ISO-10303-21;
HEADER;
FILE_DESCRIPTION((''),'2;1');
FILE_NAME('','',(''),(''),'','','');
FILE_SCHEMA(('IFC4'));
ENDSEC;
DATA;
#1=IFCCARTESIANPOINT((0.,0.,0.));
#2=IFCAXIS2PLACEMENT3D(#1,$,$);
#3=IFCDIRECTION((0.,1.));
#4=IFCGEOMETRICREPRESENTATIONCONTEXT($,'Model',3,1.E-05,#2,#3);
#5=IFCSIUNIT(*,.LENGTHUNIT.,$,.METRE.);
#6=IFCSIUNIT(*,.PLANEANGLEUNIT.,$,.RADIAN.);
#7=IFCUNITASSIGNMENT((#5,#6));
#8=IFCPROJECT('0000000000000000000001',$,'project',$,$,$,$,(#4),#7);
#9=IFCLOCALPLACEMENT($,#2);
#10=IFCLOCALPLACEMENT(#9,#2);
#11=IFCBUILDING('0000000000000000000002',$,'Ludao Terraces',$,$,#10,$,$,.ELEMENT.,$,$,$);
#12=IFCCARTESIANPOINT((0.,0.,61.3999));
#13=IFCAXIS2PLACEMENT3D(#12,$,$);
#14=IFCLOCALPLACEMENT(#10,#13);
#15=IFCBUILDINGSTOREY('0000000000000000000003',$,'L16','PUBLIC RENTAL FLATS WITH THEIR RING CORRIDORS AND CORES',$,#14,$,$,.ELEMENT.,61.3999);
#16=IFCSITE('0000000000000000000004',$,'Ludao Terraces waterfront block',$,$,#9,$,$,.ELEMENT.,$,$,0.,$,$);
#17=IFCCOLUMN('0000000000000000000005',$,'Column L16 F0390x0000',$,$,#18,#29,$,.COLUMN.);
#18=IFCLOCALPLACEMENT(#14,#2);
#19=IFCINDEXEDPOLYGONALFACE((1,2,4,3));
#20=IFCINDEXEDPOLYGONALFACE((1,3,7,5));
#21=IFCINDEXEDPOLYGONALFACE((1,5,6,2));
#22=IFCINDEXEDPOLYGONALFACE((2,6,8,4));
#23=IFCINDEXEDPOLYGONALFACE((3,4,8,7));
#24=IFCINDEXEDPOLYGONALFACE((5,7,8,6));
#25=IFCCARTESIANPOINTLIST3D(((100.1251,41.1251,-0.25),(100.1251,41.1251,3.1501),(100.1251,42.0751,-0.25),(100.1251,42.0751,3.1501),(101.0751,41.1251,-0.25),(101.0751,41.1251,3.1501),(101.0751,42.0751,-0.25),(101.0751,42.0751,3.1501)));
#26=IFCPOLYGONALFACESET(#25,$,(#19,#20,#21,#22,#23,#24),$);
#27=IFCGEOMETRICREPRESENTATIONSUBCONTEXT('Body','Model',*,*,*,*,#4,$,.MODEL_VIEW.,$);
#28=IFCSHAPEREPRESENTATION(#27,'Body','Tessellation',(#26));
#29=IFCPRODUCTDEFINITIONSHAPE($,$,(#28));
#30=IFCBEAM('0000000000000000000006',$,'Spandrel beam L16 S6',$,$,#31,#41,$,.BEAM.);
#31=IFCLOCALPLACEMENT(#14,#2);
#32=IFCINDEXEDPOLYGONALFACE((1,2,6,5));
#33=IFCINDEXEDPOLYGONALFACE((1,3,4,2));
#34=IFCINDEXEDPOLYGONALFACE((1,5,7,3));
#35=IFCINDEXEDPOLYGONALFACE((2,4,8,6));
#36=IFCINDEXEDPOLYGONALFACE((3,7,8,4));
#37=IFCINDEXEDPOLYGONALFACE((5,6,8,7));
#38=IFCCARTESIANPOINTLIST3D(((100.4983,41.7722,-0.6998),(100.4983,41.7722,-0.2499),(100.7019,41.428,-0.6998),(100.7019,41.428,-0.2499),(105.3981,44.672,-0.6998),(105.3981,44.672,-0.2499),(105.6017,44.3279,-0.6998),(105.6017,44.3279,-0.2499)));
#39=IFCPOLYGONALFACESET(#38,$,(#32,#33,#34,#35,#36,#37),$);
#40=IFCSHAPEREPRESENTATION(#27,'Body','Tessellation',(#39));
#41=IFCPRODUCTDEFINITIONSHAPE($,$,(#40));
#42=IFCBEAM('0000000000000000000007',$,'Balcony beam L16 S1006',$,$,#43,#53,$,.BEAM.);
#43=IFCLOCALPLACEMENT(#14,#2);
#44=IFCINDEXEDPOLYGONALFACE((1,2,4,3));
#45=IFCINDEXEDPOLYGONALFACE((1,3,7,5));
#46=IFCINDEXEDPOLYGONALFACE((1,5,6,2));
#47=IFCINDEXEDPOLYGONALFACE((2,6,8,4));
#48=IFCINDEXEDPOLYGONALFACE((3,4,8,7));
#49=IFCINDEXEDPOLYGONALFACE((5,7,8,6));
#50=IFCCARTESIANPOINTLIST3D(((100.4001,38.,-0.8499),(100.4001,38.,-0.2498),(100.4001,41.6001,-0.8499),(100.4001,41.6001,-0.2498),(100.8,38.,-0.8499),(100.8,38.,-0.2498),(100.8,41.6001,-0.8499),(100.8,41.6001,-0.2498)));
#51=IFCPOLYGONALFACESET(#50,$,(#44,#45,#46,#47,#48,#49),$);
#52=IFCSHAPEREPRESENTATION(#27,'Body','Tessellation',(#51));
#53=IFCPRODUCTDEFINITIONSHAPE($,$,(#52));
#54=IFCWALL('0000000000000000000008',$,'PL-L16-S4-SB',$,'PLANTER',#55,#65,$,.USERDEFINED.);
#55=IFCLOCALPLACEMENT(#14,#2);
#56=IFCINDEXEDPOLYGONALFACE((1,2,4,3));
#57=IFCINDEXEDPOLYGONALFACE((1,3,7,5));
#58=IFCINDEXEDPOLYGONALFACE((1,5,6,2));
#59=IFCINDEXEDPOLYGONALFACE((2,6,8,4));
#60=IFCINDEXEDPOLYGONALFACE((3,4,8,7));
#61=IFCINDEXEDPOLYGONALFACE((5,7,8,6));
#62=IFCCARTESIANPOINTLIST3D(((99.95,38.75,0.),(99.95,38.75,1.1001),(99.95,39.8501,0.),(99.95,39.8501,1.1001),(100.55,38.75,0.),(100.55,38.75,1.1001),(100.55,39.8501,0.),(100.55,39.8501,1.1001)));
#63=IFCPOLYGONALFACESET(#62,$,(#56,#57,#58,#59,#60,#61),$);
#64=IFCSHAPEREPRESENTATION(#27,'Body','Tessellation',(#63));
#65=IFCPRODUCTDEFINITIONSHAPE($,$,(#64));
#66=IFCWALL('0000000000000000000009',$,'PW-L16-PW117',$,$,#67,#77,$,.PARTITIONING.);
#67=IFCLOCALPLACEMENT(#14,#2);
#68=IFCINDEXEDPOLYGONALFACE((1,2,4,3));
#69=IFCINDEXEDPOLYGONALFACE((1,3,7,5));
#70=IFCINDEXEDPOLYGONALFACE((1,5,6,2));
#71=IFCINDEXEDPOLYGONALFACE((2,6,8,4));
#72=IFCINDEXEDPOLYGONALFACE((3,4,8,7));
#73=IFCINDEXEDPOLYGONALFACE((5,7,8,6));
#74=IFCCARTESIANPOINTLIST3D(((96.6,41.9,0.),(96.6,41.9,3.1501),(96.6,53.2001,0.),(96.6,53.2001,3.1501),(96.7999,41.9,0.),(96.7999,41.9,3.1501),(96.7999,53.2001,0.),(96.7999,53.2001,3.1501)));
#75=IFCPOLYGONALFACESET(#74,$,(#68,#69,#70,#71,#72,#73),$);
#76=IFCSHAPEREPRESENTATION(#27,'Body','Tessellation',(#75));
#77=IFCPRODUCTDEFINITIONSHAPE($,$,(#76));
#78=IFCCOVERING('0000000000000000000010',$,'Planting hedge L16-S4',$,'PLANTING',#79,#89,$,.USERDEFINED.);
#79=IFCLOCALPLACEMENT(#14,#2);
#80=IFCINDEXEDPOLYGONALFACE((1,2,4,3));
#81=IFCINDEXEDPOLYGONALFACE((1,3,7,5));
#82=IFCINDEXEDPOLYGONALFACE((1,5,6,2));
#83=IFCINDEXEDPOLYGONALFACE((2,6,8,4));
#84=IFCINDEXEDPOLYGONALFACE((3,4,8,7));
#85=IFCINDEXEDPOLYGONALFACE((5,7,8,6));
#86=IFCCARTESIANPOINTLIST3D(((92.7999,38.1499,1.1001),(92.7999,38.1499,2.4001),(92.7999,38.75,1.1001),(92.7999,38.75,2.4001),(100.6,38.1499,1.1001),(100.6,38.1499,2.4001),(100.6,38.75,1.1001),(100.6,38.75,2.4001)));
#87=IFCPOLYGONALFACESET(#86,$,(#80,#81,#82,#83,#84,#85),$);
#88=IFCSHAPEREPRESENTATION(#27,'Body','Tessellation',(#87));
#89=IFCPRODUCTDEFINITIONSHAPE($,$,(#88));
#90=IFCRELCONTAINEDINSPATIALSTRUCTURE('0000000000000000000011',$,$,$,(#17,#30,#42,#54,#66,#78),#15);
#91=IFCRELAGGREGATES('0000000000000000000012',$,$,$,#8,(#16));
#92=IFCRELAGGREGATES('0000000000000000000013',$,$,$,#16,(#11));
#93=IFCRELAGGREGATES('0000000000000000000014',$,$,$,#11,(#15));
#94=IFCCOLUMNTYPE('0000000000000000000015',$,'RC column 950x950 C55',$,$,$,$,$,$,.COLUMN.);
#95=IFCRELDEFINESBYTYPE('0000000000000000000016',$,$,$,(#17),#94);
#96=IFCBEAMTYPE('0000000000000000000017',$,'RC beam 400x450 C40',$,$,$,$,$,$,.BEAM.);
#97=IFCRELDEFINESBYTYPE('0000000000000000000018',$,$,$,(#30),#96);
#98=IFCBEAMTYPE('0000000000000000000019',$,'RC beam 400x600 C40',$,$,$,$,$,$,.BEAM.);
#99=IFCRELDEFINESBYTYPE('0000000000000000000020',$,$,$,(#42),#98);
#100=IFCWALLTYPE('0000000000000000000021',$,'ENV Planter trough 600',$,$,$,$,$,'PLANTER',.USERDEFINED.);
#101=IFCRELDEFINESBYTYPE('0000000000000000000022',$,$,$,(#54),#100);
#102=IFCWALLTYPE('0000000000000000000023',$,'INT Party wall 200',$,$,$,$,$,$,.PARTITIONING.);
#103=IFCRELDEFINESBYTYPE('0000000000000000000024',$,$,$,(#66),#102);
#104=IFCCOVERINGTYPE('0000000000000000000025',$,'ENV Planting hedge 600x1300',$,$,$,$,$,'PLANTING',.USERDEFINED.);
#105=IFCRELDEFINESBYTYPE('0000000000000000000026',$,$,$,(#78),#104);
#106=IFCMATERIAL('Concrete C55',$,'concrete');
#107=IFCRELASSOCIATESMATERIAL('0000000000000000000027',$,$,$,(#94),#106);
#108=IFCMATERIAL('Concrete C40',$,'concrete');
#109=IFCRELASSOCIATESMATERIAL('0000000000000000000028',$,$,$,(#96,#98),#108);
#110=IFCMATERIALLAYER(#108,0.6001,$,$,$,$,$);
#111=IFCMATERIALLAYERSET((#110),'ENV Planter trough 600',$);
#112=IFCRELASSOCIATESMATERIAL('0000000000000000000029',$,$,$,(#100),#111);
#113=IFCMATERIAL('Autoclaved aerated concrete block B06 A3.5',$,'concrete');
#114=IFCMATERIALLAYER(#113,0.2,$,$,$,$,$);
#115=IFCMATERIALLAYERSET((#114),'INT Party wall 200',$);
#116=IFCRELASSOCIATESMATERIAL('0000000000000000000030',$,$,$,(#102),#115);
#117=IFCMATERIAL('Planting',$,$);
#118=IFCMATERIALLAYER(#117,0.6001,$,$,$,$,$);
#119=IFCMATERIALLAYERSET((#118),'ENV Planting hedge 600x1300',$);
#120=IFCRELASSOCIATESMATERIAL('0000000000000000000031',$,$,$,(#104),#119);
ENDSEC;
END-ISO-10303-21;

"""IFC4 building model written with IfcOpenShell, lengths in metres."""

from ifc_helpers import new_model, si_unit, direction, frame, frame_2d, origin, origin_2d, place, context, subcontext, project, spatial, rectangle, extrude, material, layer, layer_set, material_profile, profile_set, type_object, element, save


model = new_model("IFC4")

# Units and contexts
model_context = context("Model", 3, precision=1e-05, world=origin(), true_north=direction((0.0, 1.0)))
body_context = subcontext(model_context, "Body", "Model", "MODEL_VIEW")
ifc_project = project(units=[si_unit("LENGTHUNIT", "METRE"), si_unit("PLANEANGLEUNIT", "RADIAN")], contexts=[model_context])

# Site, building, storey
site_placement = place(None, origin())
site = spatial("IfcSite", under=ifc_project, at=site_placement, Name="Ludao Terraces waterfront block", CompositionType="ELEMENT", RefElevation=0.0)
building_placement = place(site_placement, origin())
building = spatial("IfcBuilding", under=site, at=building_placement, Name="Ludao Terraces", CompositionType="ELEMENT")
storey_placement = place(building_placement, frame((0.0, 0.0, 61.3999)))
storey = spatial("IfcBuildingStorey", under=building, at=storey_placement, Name="L16", Description="PUBLIC RENTAL FLATS WITH THEIR RING CORRIDORS AND CORES", CompositionType="ELEMENT", Elevation=61.3999)

# Column
ifc_material_1 = material(Name="Concrete C55", Category="concrete")
ifc_material_profile_1 = material_profile(ifc_material_1, rectangle(XDim=0.95, YDim=0.95, at=origin_2d()), Name="950 X 950")
ifc_profile_set_1 = profile_set([ifc_material_profile_1], Name="Concrete C55")
column_type = type_object("IfcColumnType", Name="RC column 950x950 C55", PredefinedType="COLUMN", material=ifc_profile_set_1)
column_placement = place(storey_placement, frame((100.6001, 41.6001, -0.25), z_axis=(0.0, 0.0, 1.0), x_axis=(1.0, 0.0, 0.0)))
element("IfcColumn", 1, at=column_placement, inside=storey, type_object=column_type, Name="Column L16 F0390x0000", PredefinedType="COLUMN", context=body_context, shape_type="SweptSolid", body=[
    extrude(rectangle(XDim=0.95, YDim=0.95, at=origin_2d()), origin(), (0.0, 0.0, 1.0), 3.4001),
])

# Beams
ifc_material_2 = material(Name="Concrete C40", Category="concrete")
ifc_material_profile_2 = material_profile(ifc_material_2, rectangle(XDim=0.3999, YDim=0.45, at=origin_2d()), Name="400 X 450")
ifc_profile_set_2 = profile_set([ifc_material_profile_2], Name="Concrete C40")
beam_type_1 = type_object("IfcBeamType", Name="RC beam 400x450 C40", PredefinedType="BEAM", material=ifc_profile_set_2)
beam_1_placement = place(storey_placement, frame((100.6001, 41.6001, -0.4749), z_axis=(0.86058, 0.509316, 0.0), x_axis=(-0.509316, 0.86058, 0.0)))
element("IfcBeam", 2, at=beam_1_placement, inside=storey, type_object=beam_type_1, Name="Spandrel beam L16 S6", PredefinedType="BEAM", context=body_context, shape_type="SweptSolid", body=[
    extrude(rectangle(XDim=0.3999, YDim=0.45, at=origin_2d()), origin(), (0.0, 0.0, 1.0), 5.6936),
])
ifc_material_profile_3 = material_profile(ifc_material_2, rectangle(XDim=0.3999, YDim=0.6001, at=origin_2d()), Name="400 X 600")
ifc_profile_set_3 = profile_set([ifc_material_profile_3], Name="Concrete C40")
beam_type_2 = type_object("IfcBeamType", Name="RC beam 400x600 C40", PredefinedType="BEAM", material=ifc_profile_set_3)
beam_2_placement = place(storey_placement, frame((100.6001, 41.6001, -0.5498), z_axis=(0.0, -1.0, 0.0), x_axis=(1.0, 0.0, 0.0)))
element("IfcBeam", 3, at=beam_2_placement, inside=storey, type_object=beam_type_2, Name="Balcony beam L16 S1006", PredefinedType="BEAM", context=body_context, shape_type="SweptSolid", body=[
    extrude(rectangle(XDim=0.3999, YDim=0.6001, at=origin_2d()), origin(), (0.0, 0.0, 1.0), 3.6001),
])

# Walls
ifc_layer_1 = layer(ifc_material_2, 0.6001)
ifc_layer_set_1 = layer_set([ifc_layer_1], Name="ENV Planter trough 600")
wall_type_1 = type_object("IfcWallType", Name="ENV Planter trough 600", ElementType="PLANTER", PredefinedType="USERDEFINED", material=ifc_layer_set_1)
wall_1_placement = place(storey_placement, frame((100.25, 38.75, 0.0), z_axis=(0.0, 0.0, 1.0), x_axis=(0.0, 1.0, 0.0)))
element("IfcWall", 4, at=wall_1_placement, inside=storey, type_object=wall_type_1, Name="PL-L16-S4-SB", ObjectType="PLANTER", PredefinedType="USERDEFINED", context=body_context, shape_type="SweptSolid", body=[
    extrude(rectangle(XDim=1.1001, YDim=0.6001, at=frame_2d((0.55, 0.0))), origin(), (0.0, 0.0, 1.0), 1.1001),
])
ifc_material_3 = material(Name="Autoclaved aerated concrete block B06 A3.5", Category="concrete")
ifc_layer_2 = layer(ifc_material_3, 0.2)
ifc_layer_set_2 = layer_set([ifc_layer_2], Name="INT Party wall 200")
wall_type_2 = type_object("IfcWallType", Name="INT Party wall 200", PredefinedType="PARTITIONING", material=ifc_layer_set_2)
wall_2_placement = place(storey_placement, frame((96.7, 41.9001, 0.0), z_axis=(0.0, 0.0, 1.0), x_axis=(0.0, 1.0, 0.0)))
element("IfcWall", 5, at=wall_2_placement, inside=storey, type_object=wall_type_2, Name="PW-L16-PW117", PredefinedType="PARTITIONING", context=body_context, shape_type="SweptSolid", body=[
    extrude(rectangle(XDim=11.3, YDim=0.2, at=frame_2d((5.6499, 0.0))), origin(), (0.0, 0.0, 1.0), 3.1501),
])

# Covering
ifc_material_4 = material(Name="Planting")
ifc_layer_3 = layer(ifc_material_4, 0.6001)
ifc_layer_set_3 = layer_set([ifc_layer_3], Name="ENV Planting hedge 600x1300")
covering_type = type_object("IfcCoveringType", Name="ENV Planting hedge 600x1300", ElementType="PLANTING", PredefinedType="USERDEFINED", material=ifc_layer_set_3)
covering_placement = place(storey_placement, frame((96.7, 38.45, 1.1001), z_axis=(0.0, 0.0, 1.0), x_axis=(1.0, 0.0, 0.0)))
element("IfcCovering", 6, at=covering_placement, inside=storey, type_object=covering_type, Name="Planting hedge L16-S4", ObjectType="PLANTING", PredefinedType="USERDEFINED", context=body_context, shape_type="SweptSolid", body=[
    extrude(rectangle(XDim=7.8, YDim=0.6001, at=origin_2d()), origin(), (0.0, 0.0, 1.0), 1.3),
])

save(model, "model.ifc")
